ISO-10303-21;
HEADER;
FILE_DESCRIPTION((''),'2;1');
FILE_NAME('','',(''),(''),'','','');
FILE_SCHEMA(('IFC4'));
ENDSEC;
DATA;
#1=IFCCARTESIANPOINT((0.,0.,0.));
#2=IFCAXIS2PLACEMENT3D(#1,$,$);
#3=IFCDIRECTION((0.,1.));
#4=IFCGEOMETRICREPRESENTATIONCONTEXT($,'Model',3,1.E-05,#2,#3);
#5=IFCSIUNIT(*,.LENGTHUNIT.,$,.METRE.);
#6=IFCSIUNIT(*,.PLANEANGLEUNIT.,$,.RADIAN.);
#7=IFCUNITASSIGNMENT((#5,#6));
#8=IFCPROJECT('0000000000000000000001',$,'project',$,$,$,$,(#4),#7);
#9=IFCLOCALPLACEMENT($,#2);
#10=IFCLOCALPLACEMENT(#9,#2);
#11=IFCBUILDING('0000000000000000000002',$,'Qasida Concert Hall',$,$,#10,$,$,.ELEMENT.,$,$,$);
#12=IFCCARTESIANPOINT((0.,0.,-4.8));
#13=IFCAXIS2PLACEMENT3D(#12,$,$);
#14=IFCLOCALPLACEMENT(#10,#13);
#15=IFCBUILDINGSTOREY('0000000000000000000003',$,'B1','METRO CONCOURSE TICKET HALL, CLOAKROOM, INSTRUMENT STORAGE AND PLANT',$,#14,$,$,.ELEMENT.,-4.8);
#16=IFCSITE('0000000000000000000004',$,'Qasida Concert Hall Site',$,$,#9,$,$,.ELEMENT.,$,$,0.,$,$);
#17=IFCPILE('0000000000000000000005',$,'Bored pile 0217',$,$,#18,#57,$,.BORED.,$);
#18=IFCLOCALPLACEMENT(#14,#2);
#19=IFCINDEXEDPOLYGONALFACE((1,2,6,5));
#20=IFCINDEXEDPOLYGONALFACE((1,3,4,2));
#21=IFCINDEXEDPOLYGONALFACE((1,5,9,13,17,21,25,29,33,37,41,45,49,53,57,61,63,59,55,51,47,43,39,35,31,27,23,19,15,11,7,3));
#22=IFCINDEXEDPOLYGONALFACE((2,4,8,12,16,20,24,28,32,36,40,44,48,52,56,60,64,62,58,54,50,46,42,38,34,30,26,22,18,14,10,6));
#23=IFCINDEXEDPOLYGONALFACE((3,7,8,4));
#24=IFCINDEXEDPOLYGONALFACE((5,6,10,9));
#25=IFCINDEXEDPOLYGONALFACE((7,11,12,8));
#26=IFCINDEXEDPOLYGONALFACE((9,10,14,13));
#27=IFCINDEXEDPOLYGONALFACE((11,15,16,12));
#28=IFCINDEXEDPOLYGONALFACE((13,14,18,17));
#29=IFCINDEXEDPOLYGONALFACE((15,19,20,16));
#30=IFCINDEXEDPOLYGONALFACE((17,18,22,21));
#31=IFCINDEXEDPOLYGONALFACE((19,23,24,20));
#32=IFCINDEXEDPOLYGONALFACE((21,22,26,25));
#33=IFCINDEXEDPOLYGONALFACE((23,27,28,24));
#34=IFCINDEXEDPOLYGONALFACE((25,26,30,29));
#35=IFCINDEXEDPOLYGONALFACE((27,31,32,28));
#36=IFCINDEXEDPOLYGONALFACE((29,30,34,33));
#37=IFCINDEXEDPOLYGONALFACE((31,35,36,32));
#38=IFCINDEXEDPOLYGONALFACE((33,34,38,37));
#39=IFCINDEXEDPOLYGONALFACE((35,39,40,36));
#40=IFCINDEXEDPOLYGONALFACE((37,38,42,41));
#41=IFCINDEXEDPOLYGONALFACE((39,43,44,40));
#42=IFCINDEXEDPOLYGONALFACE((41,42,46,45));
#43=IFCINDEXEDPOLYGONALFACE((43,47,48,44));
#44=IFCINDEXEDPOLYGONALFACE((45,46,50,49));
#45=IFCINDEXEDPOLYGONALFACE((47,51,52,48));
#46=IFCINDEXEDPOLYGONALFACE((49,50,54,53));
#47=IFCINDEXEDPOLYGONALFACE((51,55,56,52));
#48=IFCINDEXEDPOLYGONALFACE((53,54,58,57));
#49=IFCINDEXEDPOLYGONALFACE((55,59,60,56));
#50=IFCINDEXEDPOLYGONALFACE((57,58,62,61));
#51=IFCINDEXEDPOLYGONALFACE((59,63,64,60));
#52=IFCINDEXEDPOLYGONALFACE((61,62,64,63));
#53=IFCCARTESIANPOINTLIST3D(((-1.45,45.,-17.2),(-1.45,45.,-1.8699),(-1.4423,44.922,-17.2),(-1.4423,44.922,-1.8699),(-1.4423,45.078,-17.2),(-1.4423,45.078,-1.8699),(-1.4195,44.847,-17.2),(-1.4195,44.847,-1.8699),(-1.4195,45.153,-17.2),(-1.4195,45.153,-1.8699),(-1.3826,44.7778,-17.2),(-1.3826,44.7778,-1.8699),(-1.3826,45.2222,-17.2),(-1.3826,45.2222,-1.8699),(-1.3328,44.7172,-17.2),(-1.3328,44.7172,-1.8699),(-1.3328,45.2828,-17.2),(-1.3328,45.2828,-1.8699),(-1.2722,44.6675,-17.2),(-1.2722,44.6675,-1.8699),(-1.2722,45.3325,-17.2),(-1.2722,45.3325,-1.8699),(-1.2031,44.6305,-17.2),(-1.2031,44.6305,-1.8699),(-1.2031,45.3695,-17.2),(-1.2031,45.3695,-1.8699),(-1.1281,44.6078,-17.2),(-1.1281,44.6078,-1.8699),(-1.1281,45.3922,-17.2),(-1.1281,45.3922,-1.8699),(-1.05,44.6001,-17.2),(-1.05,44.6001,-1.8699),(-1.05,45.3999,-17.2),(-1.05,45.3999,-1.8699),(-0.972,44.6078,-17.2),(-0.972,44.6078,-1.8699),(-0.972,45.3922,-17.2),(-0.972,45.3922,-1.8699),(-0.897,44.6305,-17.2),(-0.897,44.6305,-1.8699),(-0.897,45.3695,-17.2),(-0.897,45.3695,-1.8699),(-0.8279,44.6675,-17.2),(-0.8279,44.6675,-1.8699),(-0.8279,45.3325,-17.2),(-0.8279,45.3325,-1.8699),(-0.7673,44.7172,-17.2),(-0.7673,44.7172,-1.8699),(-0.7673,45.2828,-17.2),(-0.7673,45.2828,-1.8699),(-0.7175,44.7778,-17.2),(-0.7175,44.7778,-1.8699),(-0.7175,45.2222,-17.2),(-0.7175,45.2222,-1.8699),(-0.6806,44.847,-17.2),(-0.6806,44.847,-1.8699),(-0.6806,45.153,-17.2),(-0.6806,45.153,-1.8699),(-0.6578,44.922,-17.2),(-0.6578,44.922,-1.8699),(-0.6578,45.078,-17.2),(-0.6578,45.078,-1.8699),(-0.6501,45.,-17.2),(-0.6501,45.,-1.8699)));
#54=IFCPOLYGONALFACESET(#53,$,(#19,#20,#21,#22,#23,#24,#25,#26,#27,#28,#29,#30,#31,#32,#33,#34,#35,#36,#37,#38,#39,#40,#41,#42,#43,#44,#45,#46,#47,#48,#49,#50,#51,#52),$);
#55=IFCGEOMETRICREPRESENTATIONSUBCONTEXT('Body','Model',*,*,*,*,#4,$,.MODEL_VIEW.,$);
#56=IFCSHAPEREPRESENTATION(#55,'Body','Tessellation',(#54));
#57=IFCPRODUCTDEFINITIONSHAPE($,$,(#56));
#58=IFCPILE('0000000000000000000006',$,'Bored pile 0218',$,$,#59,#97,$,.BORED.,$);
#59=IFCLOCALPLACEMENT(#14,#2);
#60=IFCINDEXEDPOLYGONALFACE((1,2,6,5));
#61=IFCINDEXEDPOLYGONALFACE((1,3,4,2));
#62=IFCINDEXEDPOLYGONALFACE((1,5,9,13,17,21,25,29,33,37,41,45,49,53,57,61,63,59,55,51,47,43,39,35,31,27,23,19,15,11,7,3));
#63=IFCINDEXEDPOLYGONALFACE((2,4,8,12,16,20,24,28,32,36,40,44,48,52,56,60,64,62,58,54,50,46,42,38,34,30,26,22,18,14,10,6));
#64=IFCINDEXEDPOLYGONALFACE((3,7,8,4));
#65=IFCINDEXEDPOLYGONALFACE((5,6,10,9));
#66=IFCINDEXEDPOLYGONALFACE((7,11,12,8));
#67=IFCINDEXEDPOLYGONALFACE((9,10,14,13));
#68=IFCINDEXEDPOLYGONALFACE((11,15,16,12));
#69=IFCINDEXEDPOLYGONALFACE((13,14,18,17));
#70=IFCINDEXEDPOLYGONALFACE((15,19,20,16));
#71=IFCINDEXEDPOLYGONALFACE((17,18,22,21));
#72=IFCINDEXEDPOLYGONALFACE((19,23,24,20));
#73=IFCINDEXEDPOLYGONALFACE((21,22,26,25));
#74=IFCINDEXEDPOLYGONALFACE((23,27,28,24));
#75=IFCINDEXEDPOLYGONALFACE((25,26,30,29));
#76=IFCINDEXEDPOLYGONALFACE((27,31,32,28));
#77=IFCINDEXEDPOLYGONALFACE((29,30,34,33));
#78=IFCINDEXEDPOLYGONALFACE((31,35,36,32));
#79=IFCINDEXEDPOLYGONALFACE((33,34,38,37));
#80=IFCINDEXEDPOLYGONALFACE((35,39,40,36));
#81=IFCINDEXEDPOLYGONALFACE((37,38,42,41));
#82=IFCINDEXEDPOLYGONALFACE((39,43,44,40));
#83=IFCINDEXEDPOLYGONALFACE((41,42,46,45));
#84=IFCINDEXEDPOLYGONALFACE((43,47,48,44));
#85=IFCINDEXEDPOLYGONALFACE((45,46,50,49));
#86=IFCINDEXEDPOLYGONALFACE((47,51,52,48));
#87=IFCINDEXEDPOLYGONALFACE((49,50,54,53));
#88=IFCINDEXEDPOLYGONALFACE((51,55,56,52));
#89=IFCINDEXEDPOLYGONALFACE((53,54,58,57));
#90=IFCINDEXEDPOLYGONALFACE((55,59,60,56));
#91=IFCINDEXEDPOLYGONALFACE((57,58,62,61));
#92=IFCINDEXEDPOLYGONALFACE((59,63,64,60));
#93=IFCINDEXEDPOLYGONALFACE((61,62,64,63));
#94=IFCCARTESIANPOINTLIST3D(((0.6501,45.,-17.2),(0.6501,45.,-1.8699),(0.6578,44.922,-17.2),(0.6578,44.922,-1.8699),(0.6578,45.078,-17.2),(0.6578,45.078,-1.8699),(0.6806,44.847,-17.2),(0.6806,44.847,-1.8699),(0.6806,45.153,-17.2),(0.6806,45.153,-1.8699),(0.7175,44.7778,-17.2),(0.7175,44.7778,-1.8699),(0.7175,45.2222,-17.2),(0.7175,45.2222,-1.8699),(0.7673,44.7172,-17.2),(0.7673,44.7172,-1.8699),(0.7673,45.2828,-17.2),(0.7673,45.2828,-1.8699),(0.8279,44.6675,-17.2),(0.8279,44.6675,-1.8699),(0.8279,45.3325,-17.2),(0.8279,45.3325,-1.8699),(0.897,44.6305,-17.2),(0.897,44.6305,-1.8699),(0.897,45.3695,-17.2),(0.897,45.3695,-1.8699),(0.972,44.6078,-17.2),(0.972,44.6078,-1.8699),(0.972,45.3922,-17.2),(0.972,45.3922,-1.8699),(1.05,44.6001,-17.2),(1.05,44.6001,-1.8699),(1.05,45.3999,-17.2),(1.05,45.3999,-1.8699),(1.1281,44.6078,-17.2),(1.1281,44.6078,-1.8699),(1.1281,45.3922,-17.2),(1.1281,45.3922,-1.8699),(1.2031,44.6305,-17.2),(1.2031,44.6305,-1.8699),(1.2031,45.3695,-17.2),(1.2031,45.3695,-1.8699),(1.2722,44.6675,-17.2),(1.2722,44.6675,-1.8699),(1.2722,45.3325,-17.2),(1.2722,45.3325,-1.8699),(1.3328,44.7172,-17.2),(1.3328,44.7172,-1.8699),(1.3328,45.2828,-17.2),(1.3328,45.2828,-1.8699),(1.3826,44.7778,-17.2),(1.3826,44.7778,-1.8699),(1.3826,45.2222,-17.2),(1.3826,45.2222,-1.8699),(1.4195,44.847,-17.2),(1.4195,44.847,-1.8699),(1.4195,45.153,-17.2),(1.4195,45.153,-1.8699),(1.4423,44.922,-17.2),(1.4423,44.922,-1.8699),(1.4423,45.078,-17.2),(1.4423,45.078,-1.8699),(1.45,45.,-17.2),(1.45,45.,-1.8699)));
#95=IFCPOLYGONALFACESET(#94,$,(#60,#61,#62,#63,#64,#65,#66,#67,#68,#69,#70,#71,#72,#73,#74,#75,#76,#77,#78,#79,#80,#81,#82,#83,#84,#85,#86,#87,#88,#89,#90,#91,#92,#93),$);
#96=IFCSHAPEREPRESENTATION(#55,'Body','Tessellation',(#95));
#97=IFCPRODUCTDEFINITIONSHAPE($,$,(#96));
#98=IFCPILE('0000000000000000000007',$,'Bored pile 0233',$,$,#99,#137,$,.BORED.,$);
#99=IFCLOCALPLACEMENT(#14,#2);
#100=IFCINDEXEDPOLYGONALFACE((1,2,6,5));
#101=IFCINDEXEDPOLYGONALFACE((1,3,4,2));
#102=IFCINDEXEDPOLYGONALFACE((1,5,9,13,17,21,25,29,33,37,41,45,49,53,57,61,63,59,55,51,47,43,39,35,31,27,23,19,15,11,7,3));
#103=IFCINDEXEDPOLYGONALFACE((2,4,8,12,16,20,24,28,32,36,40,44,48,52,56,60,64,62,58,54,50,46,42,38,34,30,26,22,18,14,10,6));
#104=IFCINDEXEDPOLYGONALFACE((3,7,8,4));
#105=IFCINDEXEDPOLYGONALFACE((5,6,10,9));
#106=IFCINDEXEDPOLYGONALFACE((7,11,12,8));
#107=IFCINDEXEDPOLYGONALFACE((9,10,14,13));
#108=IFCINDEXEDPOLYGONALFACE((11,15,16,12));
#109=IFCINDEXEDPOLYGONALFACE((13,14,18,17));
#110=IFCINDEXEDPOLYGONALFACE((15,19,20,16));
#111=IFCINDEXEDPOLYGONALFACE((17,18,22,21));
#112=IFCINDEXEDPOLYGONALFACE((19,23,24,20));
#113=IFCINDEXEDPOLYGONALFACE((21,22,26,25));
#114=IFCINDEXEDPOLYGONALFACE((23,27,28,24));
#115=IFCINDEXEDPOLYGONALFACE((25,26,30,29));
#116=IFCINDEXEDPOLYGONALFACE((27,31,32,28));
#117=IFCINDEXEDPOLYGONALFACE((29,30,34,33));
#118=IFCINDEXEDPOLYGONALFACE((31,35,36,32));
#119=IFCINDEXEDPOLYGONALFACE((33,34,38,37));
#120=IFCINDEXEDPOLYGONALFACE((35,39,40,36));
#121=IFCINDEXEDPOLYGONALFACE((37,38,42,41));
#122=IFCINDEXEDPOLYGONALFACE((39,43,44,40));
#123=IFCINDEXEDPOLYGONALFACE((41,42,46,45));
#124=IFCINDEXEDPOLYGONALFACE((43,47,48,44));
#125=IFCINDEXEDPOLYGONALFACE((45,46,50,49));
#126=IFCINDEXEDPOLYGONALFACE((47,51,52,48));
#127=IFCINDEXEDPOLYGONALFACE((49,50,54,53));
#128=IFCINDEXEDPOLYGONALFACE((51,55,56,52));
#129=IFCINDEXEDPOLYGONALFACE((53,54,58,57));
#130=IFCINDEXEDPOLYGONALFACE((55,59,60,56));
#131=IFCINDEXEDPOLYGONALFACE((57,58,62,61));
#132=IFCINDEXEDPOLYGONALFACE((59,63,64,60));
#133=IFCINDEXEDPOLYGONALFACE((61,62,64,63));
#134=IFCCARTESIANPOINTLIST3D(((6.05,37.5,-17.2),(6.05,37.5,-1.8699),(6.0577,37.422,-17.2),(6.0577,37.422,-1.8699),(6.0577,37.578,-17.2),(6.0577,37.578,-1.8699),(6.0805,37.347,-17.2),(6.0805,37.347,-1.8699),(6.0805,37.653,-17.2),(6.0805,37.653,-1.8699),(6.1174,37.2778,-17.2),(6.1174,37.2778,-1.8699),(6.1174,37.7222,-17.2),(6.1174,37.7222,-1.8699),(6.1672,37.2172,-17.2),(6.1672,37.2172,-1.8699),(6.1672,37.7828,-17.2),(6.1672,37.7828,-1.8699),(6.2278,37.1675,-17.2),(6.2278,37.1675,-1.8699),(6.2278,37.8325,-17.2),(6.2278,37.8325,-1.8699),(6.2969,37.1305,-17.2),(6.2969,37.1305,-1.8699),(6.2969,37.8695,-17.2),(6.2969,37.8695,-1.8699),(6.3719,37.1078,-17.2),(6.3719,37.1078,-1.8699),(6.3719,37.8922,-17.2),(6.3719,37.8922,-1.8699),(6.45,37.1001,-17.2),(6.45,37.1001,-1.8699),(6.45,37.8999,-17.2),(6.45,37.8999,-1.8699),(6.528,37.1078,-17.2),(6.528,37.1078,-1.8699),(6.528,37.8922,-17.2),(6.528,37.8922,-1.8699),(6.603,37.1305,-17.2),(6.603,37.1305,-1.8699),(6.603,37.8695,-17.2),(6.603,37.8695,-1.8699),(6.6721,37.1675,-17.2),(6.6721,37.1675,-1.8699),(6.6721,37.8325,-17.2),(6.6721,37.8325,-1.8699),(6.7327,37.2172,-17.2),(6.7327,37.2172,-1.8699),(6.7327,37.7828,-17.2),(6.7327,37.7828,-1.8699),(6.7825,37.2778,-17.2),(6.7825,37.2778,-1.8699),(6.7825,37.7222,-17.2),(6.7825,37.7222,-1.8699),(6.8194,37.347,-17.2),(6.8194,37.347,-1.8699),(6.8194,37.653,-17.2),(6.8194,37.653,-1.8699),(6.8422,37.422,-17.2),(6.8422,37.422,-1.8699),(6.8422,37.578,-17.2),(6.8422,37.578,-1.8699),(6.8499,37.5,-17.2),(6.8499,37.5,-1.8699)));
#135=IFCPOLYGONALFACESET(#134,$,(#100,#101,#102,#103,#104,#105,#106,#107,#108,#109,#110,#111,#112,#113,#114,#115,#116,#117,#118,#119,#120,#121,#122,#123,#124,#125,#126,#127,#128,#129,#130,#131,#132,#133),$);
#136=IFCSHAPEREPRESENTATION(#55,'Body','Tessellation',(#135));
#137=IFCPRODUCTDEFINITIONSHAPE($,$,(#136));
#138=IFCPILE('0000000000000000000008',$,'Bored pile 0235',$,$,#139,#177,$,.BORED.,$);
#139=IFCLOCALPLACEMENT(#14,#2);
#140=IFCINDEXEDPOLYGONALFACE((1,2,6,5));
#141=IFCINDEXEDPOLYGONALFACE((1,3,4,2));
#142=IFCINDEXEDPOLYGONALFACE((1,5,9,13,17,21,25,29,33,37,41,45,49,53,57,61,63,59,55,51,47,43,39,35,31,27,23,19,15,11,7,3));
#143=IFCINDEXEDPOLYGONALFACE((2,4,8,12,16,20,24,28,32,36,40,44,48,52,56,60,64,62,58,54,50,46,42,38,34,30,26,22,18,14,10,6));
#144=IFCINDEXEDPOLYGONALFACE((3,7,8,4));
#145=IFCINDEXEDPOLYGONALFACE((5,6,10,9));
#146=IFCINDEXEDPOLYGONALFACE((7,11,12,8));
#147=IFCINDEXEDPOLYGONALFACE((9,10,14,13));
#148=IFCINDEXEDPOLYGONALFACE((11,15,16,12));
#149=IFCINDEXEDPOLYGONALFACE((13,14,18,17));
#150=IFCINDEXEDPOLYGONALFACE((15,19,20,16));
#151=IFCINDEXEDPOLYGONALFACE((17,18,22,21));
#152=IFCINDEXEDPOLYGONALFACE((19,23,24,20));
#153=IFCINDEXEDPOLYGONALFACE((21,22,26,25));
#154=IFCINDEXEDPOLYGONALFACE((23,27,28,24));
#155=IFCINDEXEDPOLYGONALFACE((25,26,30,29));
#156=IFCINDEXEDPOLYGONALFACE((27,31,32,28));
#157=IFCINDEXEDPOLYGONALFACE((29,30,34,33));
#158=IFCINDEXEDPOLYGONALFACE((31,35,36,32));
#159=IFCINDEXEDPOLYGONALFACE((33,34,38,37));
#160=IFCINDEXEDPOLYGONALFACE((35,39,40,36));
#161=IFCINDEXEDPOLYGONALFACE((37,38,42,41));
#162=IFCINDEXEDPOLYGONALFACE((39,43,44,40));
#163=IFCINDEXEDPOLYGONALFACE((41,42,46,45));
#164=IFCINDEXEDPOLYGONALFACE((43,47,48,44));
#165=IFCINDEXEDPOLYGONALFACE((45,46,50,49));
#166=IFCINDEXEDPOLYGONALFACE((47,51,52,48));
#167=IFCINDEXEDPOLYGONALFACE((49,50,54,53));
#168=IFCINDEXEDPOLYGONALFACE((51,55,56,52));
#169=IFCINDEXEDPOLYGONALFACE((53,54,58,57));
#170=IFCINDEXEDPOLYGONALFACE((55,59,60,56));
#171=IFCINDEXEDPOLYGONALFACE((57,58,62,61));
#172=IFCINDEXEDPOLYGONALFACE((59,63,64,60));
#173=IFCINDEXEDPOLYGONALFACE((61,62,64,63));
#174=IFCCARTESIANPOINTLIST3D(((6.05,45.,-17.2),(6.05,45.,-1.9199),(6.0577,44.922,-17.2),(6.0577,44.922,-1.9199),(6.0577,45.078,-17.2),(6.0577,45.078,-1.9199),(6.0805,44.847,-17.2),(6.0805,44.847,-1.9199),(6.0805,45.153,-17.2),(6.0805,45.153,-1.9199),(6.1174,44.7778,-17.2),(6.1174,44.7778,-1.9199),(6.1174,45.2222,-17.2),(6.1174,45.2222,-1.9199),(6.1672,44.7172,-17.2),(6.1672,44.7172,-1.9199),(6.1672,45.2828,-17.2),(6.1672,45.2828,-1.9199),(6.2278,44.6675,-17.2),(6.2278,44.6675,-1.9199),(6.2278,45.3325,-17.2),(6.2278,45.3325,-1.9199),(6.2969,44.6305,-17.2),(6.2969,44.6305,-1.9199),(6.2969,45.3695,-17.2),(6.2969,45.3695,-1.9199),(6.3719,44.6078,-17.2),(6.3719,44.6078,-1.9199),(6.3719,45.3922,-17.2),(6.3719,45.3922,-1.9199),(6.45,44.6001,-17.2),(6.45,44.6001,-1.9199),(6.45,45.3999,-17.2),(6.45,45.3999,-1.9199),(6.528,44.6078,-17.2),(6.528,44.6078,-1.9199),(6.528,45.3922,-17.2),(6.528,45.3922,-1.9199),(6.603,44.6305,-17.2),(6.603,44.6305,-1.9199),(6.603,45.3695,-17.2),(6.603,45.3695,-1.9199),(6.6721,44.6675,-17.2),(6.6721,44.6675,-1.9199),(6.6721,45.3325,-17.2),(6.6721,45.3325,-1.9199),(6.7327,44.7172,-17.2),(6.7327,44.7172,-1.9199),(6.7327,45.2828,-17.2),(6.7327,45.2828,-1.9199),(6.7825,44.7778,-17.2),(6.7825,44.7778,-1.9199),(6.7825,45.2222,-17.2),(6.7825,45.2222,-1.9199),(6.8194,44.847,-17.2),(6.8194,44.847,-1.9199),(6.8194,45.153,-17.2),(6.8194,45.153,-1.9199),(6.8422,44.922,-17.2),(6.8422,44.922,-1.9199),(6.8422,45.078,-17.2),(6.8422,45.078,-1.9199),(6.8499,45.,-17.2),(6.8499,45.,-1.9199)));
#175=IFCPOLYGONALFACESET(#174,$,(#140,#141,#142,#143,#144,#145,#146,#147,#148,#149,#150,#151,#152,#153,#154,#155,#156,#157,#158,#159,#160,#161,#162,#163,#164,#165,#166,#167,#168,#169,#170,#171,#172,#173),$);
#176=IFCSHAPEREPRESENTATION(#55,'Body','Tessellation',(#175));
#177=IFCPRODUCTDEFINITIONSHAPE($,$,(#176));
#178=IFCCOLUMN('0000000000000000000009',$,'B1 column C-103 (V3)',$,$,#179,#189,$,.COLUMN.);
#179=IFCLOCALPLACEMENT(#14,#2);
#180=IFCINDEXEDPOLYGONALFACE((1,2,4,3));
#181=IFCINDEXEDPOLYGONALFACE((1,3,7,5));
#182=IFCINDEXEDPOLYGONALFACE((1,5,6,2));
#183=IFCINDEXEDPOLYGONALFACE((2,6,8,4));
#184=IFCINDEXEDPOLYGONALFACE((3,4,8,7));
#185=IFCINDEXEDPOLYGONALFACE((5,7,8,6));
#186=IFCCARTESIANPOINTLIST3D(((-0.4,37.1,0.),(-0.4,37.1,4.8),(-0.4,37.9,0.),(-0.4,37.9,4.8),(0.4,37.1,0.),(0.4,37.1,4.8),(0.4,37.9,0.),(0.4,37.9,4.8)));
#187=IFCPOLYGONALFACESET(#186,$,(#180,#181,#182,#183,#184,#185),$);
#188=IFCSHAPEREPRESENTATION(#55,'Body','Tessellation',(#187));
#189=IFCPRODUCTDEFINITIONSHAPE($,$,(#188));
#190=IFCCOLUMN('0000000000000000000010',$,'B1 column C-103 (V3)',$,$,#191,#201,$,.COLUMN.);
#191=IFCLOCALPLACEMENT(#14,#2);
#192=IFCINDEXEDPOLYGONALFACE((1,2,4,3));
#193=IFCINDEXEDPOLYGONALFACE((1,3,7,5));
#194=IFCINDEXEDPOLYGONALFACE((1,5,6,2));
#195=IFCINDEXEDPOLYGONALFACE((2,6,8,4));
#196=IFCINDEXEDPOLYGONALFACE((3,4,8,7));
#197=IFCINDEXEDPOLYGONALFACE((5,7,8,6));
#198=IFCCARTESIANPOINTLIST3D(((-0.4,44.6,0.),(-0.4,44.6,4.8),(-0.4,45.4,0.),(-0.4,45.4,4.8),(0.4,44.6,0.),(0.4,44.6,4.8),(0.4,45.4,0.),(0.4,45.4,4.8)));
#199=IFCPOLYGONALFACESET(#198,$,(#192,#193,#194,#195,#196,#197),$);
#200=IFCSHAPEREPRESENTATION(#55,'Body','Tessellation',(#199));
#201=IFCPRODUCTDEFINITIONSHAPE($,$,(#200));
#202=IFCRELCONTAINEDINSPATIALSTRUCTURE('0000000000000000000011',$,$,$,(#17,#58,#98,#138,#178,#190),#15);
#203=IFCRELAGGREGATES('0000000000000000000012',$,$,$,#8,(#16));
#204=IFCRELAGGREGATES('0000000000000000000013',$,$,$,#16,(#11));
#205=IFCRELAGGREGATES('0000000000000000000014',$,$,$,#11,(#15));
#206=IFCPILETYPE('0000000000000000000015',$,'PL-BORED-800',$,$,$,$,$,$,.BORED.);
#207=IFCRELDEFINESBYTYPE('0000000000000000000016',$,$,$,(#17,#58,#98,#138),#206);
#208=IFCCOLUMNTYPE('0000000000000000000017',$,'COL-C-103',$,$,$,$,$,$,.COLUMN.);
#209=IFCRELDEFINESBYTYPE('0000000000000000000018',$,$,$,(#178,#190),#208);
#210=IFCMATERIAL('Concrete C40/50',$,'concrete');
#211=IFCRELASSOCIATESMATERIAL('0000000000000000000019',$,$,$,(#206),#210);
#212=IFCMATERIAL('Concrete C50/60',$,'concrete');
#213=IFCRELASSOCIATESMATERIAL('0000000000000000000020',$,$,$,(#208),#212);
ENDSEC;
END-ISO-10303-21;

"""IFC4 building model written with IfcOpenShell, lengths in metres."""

from ifc_helpers import new_model, si_unit, direction, frame, origin, origin_2d, place, context, subcontext, project, spatial, rectangle, circle, extrude, material, material_profile, profile_set, type_object, element, save


model = new_model("IFC4")

# Units and contexts
model_context = context("Model", 3, precision=1e-05, world=origin(), true_north=direction((0.0, 1.0)))
body_context = subcontext(model_context, "Body", "Model", "MODEL_VIEW")
ifc_project = project(units=[si_unit("LENGTHUNIT", "METRE"), si_unit("PLANEANGLEUNIT", "RADIAN")], contexts=[model_context])

# Site, building, storey
site_placement = place(None, origin())
site = spatial("IfcSite", under=ifc_project, at=site_placement, Name="Qasida Concert Hall Site", CompositionType="ELEMENT", RefElevation=0.0)
building_placement = place(site_placement, origin())
building = spatial("IfcBuilding", under=site, at=building_placement, Name="Qasida Concert Hall", CompositionType="ELEMENT")
storey_placement = place(building_placement, frame((0.0, 0.0, -4.8)))
storey = spatial("IfcBuildingStorey", under=building, at=storey_placement, Name="B1", Description="METRO CONCOURSE TICKET HALL, CLOAKROOM, INSTRUMENT STORAGE AND PLANT", CompositionType="ELEMENT", Elevation=-4.8)

# Shared definitions
ifc_material_1 = material(Name="Concrete C40/50", Category="concrete")

# Piles
ifc_material_profile_1 = material_profile(ifc_material_1, circle(Radius=0.3999, at=origin_2d()), Name="BORED PILE D800")
ifc_profile_set_1 = profile_set([ifc_material_profile_1], Name="Concrete C40/50")
pile_type = type_object("IfcPileType", Name="PL-BORED-800", PredefinedType="BORED", material=ifc_profile_set_1)
for number, where, z_axis, x_axis, name in (
    (1, (-1.05, 45.0, -1.8699), (0.0, 0.0, -1.0), (1.0, 0.0, 0.0), "Bored pile 0217"),
    (2, (1.05, 45.0, -1.8699), (0.0, 0.0, -1.0), (1.0, 0.0, 0.0), "Bored pile 0218"),
    (3, (6.45, 37.5, -1.8699), (0.0, 0.0, -1.0), (1.0, 0.0, 0.0), "Bored pile 0233"),
):
    element("IfcPile", number, at=place(storey_placement, frame(where, z_axis=z_axis, x_axis=x_axis)), inside=storey, type_object=pile_type, Name=name, PredefinedType="BORED", context=body_context, shape_type="SweptSolid", body=[
        extrude(circle(Radius=0.3999, at=origin_2d()), origin(), (0.0, 0.0, 1.0), 15.3301),
    ])
pile_placement = place(storey_placement, frame((6.45, 45.0, -1.9199), z_axis=(0.0, 0.0, -1.0), x_axis=(1.0, 0.0, 0.0)))
element("IfcPile", 4, at=pile_placement, inside=storey, type_object=pile_type, Name="Bored pile 0235", PredefinedType="BORED", context=body_context, shape_type="SweptSolid", body=[
    extrude(circle(Radius=0.3999, at=origin_2d()), origin(), (0.0, 0.0, 1.0), 15.28),
])

# Columns
ifc_material_2 = material(Name="Concrete C50/60", Category="concrete")
ifc_material_profile_2 = material_profile(ifc_material_2, rectangle(XDim=0.8, YDim=0.8, at=origin_2d()), Name="RC 800x800")
ifc_profile_set_2 = profile_set([ifc_material_profile_2], Name="Concrete C50/60")
column_type = type_object("IfcColumnType", Name="COL-C-103", PredefinedType="COLUMN", material=ifc_profile_set_2)
for number, where, z_axis, x_axis, name in (
    (5, (0.0, 37.5, 0.0), (0.0, 0.0, 1.0), (1.0, 0.0, 0.0), "B1 column C-103 (V3)"),
    (6, (0.0, 45.0, 0.0), (0.0, 0.0, 1.0), (1.0, 0.0, 0.0), "B1 column C-103 (V3)"),
):
    element("IfcColumn", number, at=place(storey_placement, frame(where, z_axis=z_axis, x_axis=x_axis)), inside=storey, type_object=column_type, Name=name, PredefinedType="COLUMN", context=body_context, shape_type="SweptSolid", body=[
        extrude(rectangle(XDim=0.8, YDim=0.8, at=origin_2d()), origin(), (0.0, 0.0, 1.0), 4.8),
    ])

save(model, "model.ifc")
